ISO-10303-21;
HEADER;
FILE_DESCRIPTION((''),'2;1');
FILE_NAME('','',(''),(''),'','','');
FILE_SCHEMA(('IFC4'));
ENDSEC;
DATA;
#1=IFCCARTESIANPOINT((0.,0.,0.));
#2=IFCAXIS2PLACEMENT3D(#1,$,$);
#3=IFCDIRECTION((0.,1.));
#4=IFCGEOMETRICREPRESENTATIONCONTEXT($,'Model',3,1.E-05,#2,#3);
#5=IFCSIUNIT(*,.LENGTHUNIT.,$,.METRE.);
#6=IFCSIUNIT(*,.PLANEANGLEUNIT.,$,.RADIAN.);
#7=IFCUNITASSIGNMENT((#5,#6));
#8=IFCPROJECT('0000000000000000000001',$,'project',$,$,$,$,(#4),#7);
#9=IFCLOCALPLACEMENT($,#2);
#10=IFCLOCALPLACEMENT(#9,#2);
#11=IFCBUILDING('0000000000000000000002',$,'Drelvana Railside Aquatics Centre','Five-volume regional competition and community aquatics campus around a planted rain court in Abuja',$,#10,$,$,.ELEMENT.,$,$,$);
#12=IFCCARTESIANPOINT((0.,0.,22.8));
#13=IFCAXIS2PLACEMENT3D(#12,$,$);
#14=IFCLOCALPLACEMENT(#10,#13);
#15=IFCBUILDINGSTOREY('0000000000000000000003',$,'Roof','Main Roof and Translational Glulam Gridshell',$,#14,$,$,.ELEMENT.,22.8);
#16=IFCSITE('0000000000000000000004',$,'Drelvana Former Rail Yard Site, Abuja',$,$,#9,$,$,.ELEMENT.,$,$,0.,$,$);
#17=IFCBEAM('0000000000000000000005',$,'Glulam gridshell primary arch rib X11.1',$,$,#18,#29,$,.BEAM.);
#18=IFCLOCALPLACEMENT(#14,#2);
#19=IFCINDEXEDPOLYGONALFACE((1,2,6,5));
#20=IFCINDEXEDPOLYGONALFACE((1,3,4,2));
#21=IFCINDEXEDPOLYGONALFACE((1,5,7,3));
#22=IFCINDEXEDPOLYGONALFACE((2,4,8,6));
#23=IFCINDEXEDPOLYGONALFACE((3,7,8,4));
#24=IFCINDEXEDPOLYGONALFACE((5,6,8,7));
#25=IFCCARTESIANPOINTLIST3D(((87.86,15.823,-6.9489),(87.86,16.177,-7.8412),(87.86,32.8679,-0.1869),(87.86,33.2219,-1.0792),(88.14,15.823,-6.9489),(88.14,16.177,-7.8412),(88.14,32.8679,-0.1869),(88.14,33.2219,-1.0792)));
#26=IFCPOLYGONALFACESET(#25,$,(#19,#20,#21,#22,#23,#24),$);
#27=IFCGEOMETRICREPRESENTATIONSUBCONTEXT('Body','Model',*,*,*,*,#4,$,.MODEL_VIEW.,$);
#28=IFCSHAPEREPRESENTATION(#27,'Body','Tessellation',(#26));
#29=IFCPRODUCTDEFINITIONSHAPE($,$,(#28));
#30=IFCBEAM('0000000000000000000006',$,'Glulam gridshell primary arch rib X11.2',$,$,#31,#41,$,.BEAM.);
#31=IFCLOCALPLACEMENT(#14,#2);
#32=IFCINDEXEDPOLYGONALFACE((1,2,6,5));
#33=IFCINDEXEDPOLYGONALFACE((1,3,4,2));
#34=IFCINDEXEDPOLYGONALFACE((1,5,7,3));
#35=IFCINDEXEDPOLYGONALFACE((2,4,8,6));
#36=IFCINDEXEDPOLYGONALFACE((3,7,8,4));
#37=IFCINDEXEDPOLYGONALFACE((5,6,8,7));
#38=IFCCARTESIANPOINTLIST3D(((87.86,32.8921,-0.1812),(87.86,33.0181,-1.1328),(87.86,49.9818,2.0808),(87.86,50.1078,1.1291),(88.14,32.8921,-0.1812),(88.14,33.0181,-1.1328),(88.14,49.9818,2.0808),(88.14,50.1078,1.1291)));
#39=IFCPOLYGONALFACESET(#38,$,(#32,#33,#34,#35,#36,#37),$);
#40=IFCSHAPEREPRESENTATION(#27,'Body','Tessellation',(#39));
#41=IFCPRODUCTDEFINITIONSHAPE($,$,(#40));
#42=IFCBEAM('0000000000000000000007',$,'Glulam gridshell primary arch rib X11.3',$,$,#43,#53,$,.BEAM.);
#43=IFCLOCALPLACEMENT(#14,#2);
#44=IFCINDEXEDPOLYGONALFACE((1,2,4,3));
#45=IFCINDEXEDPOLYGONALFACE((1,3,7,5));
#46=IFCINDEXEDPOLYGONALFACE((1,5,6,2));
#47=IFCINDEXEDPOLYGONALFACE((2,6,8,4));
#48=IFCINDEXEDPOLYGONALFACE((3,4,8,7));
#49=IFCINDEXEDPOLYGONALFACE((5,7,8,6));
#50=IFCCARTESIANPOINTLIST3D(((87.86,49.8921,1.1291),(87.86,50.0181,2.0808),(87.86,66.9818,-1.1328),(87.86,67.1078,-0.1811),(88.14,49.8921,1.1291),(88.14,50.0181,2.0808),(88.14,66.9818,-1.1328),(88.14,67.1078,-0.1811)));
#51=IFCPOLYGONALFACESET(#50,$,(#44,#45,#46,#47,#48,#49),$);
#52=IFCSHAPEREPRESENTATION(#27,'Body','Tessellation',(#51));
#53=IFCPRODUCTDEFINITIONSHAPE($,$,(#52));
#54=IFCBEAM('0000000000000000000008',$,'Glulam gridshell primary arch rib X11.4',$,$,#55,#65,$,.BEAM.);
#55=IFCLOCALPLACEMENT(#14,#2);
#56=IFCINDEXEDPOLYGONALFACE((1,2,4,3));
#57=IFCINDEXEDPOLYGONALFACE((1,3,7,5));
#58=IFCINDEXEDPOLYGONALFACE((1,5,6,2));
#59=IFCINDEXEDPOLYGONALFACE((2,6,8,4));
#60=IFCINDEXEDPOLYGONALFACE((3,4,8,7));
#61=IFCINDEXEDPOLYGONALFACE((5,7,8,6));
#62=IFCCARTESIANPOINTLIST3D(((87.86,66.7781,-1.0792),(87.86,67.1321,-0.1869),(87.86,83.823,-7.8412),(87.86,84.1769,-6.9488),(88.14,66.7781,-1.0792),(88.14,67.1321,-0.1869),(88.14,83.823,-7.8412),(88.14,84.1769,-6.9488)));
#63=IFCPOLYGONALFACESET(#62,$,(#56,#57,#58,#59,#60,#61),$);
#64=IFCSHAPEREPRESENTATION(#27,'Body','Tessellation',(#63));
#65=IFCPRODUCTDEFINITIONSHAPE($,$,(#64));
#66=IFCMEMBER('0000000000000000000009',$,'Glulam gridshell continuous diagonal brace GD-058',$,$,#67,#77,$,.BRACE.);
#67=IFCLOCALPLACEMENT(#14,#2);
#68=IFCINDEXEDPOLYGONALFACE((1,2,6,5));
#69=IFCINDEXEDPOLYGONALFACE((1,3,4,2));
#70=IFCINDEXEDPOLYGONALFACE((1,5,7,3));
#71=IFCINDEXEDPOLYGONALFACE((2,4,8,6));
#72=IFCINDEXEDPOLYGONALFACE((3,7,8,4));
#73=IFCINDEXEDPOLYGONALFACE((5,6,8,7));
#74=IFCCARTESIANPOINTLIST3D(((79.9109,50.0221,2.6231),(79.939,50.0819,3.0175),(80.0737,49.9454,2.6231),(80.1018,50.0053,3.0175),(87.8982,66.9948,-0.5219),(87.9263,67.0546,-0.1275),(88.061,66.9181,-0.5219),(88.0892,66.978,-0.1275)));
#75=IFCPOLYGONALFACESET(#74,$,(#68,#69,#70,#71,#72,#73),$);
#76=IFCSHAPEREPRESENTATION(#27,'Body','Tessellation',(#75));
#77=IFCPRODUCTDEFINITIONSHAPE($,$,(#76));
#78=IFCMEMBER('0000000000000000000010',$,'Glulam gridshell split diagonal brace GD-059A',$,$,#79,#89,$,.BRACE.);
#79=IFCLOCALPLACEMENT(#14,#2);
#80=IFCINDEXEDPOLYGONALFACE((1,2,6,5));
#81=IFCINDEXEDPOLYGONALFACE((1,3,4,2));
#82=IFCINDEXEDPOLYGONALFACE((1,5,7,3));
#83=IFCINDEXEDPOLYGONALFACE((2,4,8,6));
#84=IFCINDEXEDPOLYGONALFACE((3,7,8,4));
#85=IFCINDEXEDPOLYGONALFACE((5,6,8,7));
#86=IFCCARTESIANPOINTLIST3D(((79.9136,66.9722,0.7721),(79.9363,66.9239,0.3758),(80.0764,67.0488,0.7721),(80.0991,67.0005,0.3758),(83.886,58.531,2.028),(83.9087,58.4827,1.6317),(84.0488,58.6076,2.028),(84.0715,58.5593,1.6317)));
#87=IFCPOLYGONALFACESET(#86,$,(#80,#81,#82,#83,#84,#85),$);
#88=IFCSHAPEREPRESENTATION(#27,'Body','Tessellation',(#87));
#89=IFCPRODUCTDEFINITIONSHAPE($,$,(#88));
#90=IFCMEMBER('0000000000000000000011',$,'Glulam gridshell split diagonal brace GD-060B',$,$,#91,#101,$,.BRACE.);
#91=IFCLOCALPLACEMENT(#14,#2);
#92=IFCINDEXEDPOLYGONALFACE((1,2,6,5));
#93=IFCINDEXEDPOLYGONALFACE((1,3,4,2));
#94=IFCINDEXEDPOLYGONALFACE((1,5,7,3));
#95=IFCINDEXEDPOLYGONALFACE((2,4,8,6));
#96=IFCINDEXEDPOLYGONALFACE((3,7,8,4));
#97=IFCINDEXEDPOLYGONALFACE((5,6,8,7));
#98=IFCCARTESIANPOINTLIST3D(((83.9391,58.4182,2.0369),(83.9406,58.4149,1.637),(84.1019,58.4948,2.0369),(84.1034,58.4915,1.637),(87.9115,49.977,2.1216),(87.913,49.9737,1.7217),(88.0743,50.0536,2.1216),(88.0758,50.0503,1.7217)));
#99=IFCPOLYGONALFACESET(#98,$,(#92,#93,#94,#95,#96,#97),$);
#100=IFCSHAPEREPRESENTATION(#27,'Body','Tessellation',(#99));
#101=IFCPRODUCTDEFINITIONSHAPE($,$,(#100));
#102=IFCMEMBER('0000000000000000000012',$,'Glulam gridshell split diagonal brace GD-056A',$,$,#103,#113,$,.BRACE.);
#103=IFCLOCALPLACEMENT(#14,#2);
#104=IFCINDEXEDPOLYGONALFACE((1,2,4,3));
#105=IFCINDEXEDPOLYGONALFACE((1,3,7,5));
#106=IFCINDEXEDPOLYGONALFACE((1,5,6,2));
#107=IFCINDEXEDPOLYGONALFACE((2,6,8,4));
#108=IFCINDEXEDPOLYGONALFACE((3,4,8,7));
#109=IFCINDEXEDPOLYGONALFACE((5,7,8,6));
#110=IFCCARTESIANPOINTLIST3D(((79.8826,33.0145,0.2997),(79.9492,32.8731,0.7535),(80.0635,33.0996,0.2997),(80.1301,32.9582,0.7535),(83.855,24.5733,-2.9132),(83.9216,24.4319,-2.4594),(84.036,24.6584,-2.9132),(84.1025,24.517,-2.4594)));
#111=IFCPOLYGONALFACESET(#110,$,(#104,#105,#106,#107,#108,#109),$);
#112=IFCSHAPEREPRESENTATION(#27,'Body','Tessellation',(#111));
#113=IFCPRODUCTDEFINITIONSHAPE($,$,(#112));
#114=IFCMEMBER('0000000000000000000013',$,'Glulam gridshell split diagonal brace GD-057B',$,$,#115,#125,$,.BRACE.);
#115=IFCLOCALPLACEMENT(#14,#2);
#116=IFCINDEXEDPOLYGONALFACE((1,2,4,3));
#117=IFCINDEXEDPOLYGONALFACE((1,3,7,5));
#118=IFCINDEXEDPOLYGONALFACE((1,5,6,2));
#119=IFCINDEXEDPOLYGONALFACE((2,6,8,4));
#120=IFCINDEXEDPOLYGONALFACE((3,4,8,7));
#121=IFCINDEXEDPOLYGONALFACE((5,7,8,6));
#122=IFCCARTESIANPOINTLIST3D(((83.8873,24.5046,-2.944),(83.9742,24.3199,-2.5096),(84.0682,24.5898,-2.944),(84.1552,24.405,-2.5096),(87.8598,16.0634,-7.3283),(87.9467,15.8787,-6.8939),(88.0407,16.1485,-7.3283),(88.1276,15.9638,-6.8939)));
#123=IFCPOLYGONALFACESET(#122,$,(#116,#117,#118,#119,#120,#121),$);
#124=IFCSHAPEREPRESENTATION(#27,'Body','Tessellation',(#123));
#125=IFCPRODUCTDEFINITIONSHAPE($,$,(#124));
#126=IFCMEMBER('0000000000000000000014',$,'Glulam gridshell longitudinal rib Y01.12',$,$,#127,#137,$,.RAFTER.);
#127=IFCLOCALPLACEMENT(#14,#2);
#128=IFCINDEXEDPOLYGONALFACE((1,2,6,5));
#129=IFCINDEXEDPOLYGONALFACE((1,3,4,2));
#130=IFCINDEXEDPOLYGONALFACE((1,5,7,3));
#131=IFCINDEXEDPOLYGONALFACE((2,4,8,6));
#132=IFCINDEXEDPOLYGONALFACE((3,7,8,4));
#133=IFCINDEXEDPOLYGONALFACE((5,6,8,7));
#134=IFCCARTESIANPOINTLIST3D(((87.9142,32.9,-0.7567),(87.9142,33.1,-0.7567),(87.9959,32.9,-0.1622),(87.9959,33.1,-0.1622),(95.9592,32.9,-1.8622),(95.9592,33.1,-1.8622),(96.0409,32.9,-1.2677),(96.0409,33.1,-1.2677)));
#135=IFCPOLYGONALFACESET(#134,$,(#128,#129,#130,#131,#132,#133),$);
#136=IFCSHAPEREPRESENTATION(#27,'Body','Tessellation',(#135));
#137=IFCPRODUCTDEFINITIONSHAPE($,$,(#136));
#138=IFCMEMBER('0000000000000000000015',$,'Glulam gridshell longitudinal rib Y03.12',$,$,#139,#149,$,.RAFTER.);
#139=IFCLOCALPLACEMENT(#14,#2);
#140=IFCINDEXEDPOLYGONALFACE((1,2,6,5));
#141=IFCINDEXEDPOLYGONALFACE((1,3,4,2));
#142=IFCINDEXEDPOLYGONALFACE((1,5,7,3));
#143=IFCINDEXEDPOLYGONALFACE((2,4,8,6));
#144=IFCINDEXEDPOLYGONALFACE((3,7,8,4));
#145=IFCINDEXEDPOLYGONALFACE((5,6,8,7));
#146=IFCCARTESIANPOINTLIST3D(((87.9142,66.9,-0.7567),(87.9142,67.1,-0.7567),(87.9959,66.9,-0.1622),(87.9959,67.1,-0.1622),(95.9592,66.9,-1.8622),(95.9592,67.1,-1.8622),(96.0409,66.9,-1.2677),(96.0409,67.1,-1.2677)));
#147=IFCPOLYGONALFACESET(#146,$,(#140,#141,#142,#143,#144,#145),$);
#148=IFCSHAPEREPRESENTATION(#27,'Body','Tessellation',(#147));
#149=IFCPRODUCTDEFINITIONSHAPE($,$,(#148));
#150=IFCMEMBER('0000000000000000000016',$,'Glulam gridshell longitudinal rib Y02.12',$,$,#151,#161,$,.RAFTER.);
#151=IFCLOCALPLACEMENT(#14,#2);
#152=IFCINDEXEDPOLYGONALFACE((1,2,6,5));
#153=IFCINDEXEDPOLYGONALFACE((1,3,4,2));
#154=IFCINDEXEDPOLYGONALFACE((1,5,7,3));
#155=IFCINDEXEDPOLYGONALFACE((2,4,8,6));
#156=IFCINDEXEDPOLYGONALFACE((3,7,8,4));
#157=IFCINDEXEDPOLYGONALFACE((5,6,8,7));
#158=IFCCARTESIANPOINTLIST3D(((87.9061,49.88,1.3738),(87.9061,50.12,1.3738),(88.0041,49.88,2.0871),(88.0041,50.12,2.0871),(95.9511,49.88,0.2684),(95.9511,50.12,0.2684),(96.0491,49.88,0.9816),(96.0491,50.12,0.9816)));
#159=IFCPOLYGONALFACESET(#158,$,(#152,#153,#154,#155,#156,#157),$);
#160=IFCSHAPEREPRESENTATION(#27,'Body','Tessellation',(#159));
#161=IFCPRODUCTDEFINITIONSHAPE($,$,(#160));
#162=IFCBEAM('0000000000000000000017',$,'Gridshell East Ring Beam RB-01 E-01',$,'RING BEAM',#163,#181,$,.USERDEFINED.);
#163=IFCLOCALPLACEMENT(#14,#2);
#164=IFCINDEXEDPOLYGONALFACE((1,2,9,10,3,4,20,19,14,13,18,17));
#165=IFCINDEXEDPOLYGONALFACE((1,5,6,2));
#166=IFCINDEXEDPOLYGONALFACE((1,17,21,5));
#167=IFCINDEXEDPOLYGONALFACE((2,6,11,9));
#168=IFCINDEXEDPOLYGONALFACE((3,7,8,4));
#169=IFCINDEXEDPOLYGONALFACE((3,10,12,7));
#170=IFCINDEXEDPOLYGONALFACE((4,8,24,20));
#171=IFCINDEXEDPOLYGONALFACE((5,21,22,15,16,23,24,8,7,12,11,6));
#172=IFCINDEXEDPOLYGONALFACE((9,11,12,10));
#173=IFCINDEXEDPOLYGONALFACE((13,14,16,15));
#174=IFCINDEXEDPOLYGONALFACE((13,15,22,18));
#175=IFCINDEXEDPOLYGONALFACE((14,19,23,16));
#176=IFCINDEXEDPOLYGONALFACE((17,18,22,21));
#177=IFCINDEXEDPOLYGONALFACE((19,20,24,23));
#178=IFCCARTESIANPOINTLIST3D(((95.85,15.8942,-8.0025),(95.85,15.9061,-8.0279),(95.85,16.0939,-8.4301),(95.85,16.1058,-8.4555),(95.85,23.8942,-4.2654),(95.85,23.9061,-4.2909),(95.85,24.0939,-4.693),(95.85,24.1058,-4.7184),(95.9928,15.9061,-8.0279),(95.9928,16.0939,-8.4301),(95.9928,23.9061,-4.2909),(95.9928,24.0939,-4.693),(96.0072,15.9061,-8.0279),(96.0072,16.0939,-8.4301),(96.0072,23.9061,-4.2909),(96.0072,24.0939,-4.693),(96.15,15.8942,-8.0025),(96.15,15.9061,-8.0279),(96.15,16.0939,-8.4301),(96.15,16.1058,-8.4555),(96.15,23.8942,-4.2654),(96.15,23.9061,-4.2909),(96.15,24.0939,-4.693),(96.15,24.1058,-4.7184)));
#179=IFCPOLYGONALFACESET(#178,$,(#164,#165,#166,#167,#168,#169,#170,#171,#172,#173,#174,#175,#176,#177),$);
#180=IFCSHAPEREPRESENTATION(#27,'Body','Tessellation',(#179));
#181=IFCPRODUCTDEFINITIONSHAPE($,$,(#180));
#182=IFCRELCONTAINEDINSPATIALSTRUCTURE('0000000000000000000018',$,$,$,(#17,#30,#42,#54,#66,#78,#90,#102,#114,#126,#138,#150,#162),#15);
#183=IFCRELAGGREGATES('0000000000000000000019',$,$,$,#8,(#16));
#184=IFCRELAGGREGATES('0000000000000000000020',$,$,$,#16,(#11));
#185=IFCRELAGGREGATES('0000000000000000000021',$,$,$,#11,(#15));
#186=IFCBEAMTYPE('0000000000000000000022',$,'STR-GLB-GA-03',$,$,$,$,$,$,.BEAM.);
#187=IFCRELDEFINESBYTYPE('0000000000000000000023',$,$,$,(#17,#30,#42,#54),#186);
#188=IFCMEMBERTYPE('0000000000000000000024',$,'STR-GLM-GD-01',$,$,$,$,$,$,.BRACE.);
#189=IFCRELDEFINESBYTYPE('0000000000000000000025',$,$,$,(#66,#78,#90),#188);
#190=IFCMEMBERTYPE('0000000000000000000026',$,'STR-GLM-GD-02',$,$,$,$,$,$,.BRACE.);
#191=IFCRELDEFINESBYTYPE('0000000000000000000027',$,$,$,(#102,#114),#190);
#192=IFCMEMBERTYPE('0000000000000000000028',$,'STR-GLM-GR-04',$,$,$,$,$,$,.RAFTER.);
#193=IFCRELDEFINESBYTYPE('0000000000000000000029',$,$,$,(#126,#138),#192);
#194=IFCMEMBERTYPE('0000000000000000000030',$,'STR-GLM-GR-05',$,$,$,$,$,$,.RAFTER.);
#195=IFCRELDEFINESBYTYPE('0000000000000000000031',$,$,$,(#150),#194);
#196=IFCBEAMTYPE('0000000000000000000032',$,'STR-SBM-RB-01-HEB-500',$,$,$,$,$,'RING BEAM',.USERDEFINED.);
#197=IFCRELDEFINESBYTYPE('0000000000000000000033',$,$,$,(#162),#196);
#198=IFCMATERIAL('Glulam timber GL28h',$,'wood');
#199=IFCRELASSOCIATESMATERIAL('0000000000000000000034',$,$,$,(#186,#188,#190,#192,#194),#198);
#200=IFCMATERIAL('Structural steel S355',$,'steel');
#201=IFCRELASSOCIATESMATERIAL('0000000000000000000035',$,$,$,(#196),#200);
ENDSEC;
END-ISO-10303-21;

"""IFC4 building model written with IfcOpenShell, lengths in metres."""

from ifc_helpers import new_model, si_unit, direction, frame, origin, origin_2d, place, context, subcontext, project, spatial, rectangle, i_section, extrude, material, material_profile, profile_set, type_object, element, save


model = new_model("IFC4")

# Units and contexts
model_context = context("Model", 3, precision=1e-05, world=origin(), true_north=direction((0.0, 1.0)))
body_context = subcontext(model_context, "Body", "Model", "MODEL_VIEW")
ifc_project = project(units=[si_unit("LENGTHUNIT", "METRE"), si_unit("PLANEANGLEUNIT", "RADIAN")], contexts=[model_context])

# Site, building, storey
site_placement = place(None, origin())
site = spatial("IfcSite", under=ifc_project, at=site_placement, Name="Drelvana Former Rail Yard Site, Abuja", CompositionType="ELEMENT", RefElevation=0.0)
building_placement = place(site_placement, origin())
building = spatial("IfcBuilding", under=site, at=building_placement, Name="Drelvana Railside Aquatics Centre", Description="Five-volume regional competition and community aquatics campus around a planted rain court in Abuja", CompositionType="ELEMENT")
storey_placement = place(building_placement, frame((0.0, 0.0, 22.8)))
storey = spatial("IfcBuildingStorey", under=building, at=storey_placement, Name="Roof", Description="Main Roof and Translational Glulam Gridshell", CompositionType="ELEMENT", Elevation=22.8)

# Beams
ifc_material_1 = material(Name="Glulam timber GL28h", Category="wood")
ifc_material_profile_1 = material_profile(ifc_material_1, rectangle(XDim=0.28, YDim=0.96, at=origin_2d()), Name="GL28h 280x960")
ifc_profile_set_1 = profile_set([ifc_material_profile_1], Name="Glulam timber GL28h")
beam_type_1 = type_object("IfcBeamType", Name="STR-GLB-GA-03", PredefinedType="BEAM", material=ifc_profile_set_1)
beam_1_placement = place(storey_placement, frame((88.0, 16.0, -7.395), z_axis=(0.0, 0.929526, 0.368756), x_axis=(-1.0, 0.0, 0.0)))
element("IfcBeam", 1, at=beam_1_placement, inside=storey, type_object=beam_type_1, Name="Glulam gridshell primary arch rib X11.1", PredefinedType="BEAM", context=body_context, shape_type="SweptSolid", body=[
    extrude(rectangle(XDim=0.28, YDim=0.96, at=origin_2d()), origin(), (0.0, 0.0, 1.0), 18.3372),
])
for number, where, z_axis, x_axis, name in (
    (2, (88.0, 32.9551, -0.657), (0.0, 0.991354, 0.131213), (-1.0, 0.0, 0.0), "Glulam gridshell primary arch rib X11.2"),
    (3, (88.0, 49.9551, 1.605), (0.0, 0.991354, -0.131213), (-1.0, 0.0, 0.0), "Glulam gridshell primary arch rib X11.3"),
):
    element("IfcBeam", number, at=place(storey_placement, frame(where, z_axis=z_axis, x_axis=x_axis)), inside=storey, type_object=beam_type_1, Name=name, PredefinedType="BEAM", context=body_context, shape_type="SweptSolid", body=[
        extrude(rectangle(XDim=0.28, YDim=0.96, at=origin_2d()), origin(), (0.0, 0.0, 1.0), 17.2388),
    ])
beam_2_placement = place(storey_placement, frame((88.0, 66.9551, -0.6331), z_axis=(0.0, 0.929526, -0.368756), x_axis=(-1.0, 0.0, 0.0)))
element("IfcBeam", 4, at=beam_2_placement, inside=storey, type_object=beam_type_1, Name="Glulam gridshell primary arch rib X11.4", PredefinedType="BEAM", context=body_context, shape_type="SweptSolid", body=[
    extrude(rectangle(XDim=0.28, YDim=0.96, at=origin_2d()), origin(), (0.0, 0.0, 1.0), 18.3372),
])

# Members
ifc_material_profile_2 = material_profile(ifc_material_1, rectangle(XDim=0.1799, YDim=0.3999, at=origin_2d()), Name="GL28h 180x400")
ifc_profile_set_2 = profile_set([ifc_material_profile_2], Name="Glulam timber GL28h")
member_type_1 = type_object("IfcMemberType", Name="STR-GLM-GD-01", PredefinedType="BRACE", material=ifc_profile_set_2)
member_1_placement = place(storey_placement, frame((80.0063, 50.0137, 2.8203), z_axis=(0.419943, 0.89236, -0.165354), x_axis=(-0.904815, 0.425805, 0.0)))
element("IfcMember", 5, at=member_1_placement, inside=storey, type_object=member_type_1, Name="Glulam gridshell continuous diagonal brace GD-058", PredefinedType="BRACE", context=body_context, shape_type="SweptSolid", body=[
    extrude(rectangle(XDim=0.1799, YDim=0.3999, at=origin_2d()), origin(), (0.0, 0.0, 1.0), 19.02),
])
member_2_placement = place(storey_placement, frame((80.0063, 66.9863, 0.574), z_axis=(0.421999, -0.896726, 0.133413), x_axis=(0.904815, 0.425806, 0.0)))
element("IfcMember", 6, at=member_2_placement, inside=storey, type_object=member_type_1, Name="Glulam gridshell split diagonal brace GD-059A", PredefinedType="BRACE", context=body_context, shape_type="SweptSolid", body=[
    extrude(rectangle(XDim=0.1799, YDim=0.3999, at=origin_2d()), origin(), (0.0, 0.0, 1.0), 9.4133),
])
member_3_placement = place(storey_placement, frame((84.0212, 58.4548, 1.8369), z_axis=(0.425788, -0.904777, 0.00908), x_axis=(0.904815, 0.425806, 0.0)))
element("IfcMember", 7, at=member_3_placement, inside=storey, type_object=member_type_1, Name="Glulam gridshell split diagonal brace GD-060B", PredefinedType="BRACE", context=body_context, shape_type="SweptSolid", body=[
    extrude(rectangle(XDim=0.1799, YDim=0.3999, at=origin_2d()), origin(), (0.0, 0.0, 1.0), 9.3296),
])
ifc_material_profile_3 = material_profile(ifc_material_1, rectangle(XDim=0.2, YDim=0.48, at=origin_2d()), Name="GL28h 200x480")
ifc_profile_set_3 = profile_set([ifc_material_profile_3], Name="Glulam timber GL28h")
member_type_2 = type_object("IfcMemberType", Name="STR-GLM-GD-02", PredefinedType="BRACE", material=ifc_profile_set_3)
member_4_placement = place(storey_placement, frame((80.0063, 32.9863, 0.5266), z_axis=(0.402599, -0.855502, -0.325623), x_axis=(0.904815, 0.425806, 0.0)))
element("IfcMember", 8, at=member_4_placement, inside=storey, type_object=member_type_2, Name="Glulam gridshell split diagonal brace GD-056A", PredefinedType="BRACE", context=body_context, shape_type="SweptSolid", body=[
    extrude(rectangle(XDim=0.2, YDim=0.48, at=origin_2d()), origin(), (0.0, 0.0, 1.0), 9.8669),
])
member_5_placement = place(storey_placement, frame((84.0212, 24.4548, -2.7268), z_axis=(0.385371, -0.818893, -0.425327), x_axis=(0.904815, 0.425806, 0.0)))
element("IfcMember", 9, at=member_5_placement, inside=storey, type_object=member_type_2, Name="Glulam gridshell split diagonal brace GD-057B", PredefinedType="BRACE", context=body_context, shape_type="SweptSolid", body=[
    extrude(rectangle(XDim=0.2, YDim=0.48, at=origin_2d()), origin(), (0.0, 0.0, 1.0), 10.3081),
])
ifc_material_profile_4 = material_profile(ifc_material_1, rectangle(XDim=0.2, YDim=0.6001, at=origin_2d()), Name="GL28h 200x600")
ifc_profile_set_4 = profile_set([ifc_material_profile_4], Name="Glulam timber GL28h")
member_type_3 = type_object("IfcMemberType", Name="STR-GLM-GR-04", PredefinedType="RAFTER", material=ifc_profile_set_4)
for number, where, z_axis, x_axis, name in (
    (10, (87.9551, 33.0, -0.4595), (0.990691, 0.0, -0.136133), (0.0, 1.0, 0.0), "Glulam gridshell longitudinal rib Y01.12"),
    (11, (87.9551, 67.0, -0.4595), (0.990691, 0.0, -0.136133), (0.0, 1.0, 0.0), "Glulam gridshell longitudinal rib Y03.12"),
):
    element("IfcMember", number, at=place(storey_placement, frame(where, z_axis=z_axis, x_axis=x_axis)), inside=storey, type_object=member_type_3, Name=name, PredefinedType="RAFTER", context=body_context, shape_type="SweptSolid", body=[
        extrude(rectangle(XDim=0.2, YDim=0.6001, at=origin_2d()), origin(), (0.0, 0.0, 1.0), 8.1206),
    ])
ifc_material_profile_5 = material_profile(ifc_material_1, rectangle(XDim=0.24, YDim=0.72, at=origin_2d()), Name="GL28h 240x720")
ifc_profile_set_5 = profile_set([ifc_material_profile_5], Name="Glulam timber GL28h")
member_type_4 = type_object("IfcMemberType", Name="STR-GLM-GR-05", PredefinedType="RAFTER", material=ifc_profile_set_5)
member_6_placement = place(storey_placement, frame((87.9551, 50.0, 1.7305), z_axis=(0.990691, 0.0, -0.136133), x_axis=(0.0, 1.0, 0.0)))
element("IfcMember", 12, at=member_6_placement, inside=storey, type_object=member_type_4, Name="Glulam gridshell longitudinal rib Y02.12", PredefinedType="RAFTER", context=body_context, shape_type="SweptSolid", body=[
    extrude(rectangle(XDim=0.24, YDim=0.72, at=origin_2d()), origin(), (0.0, 0.0, 1.0), 8.1206),
])

# Beam
ifc_material_2 = material(Name="Structural steel S355", Category="steel")
ifc_material_profile_6 = material_profile(ifc_material_2, i_section(OverallWidth=0.3, OverallDepth=0.5, WebThickness=0.0144, FlangeThickness=0.0281, at=origin_2d()), Name="HEB 500")
ifc_profile_set_6 = profile_set([ifc_material_profile_6], Name="Structural steel S355")
beam_type_2 = type_object("IfcBeamType", Name="STR-SBM-RB-01-HEB-500", ElementType="RING BEAM", PredefinedType="USERDEFINED", material=ifc_profile_set_6)
beam_3_placement = place(storey_placement, frame((96.0, 16.0, -8.229), z_axis=(0.0, 0.906021, 0.423232), x_axis=(-1.0, 0.0, 0.0)))
element("IfcBeam", 13, at=beam_3_placement, inside=storey, type_object=beam_type_2, Name="Gridshell East Ring Beam RB-01 E-01", ObjectType="RING BEAM", PredefinedType="USERDEFINED", context=body_context, shape_type="SweptSolid", body=[
    extrude(i_section(OverallWidth=0.3, OverallDepth=0.5, WebThickness=0.0144, FlangeThickness=0.0281, at=origin_2d()), origin(), (0.0, 0.0, 1.0), 8.8298),
])

save(model, "model.ifc")
